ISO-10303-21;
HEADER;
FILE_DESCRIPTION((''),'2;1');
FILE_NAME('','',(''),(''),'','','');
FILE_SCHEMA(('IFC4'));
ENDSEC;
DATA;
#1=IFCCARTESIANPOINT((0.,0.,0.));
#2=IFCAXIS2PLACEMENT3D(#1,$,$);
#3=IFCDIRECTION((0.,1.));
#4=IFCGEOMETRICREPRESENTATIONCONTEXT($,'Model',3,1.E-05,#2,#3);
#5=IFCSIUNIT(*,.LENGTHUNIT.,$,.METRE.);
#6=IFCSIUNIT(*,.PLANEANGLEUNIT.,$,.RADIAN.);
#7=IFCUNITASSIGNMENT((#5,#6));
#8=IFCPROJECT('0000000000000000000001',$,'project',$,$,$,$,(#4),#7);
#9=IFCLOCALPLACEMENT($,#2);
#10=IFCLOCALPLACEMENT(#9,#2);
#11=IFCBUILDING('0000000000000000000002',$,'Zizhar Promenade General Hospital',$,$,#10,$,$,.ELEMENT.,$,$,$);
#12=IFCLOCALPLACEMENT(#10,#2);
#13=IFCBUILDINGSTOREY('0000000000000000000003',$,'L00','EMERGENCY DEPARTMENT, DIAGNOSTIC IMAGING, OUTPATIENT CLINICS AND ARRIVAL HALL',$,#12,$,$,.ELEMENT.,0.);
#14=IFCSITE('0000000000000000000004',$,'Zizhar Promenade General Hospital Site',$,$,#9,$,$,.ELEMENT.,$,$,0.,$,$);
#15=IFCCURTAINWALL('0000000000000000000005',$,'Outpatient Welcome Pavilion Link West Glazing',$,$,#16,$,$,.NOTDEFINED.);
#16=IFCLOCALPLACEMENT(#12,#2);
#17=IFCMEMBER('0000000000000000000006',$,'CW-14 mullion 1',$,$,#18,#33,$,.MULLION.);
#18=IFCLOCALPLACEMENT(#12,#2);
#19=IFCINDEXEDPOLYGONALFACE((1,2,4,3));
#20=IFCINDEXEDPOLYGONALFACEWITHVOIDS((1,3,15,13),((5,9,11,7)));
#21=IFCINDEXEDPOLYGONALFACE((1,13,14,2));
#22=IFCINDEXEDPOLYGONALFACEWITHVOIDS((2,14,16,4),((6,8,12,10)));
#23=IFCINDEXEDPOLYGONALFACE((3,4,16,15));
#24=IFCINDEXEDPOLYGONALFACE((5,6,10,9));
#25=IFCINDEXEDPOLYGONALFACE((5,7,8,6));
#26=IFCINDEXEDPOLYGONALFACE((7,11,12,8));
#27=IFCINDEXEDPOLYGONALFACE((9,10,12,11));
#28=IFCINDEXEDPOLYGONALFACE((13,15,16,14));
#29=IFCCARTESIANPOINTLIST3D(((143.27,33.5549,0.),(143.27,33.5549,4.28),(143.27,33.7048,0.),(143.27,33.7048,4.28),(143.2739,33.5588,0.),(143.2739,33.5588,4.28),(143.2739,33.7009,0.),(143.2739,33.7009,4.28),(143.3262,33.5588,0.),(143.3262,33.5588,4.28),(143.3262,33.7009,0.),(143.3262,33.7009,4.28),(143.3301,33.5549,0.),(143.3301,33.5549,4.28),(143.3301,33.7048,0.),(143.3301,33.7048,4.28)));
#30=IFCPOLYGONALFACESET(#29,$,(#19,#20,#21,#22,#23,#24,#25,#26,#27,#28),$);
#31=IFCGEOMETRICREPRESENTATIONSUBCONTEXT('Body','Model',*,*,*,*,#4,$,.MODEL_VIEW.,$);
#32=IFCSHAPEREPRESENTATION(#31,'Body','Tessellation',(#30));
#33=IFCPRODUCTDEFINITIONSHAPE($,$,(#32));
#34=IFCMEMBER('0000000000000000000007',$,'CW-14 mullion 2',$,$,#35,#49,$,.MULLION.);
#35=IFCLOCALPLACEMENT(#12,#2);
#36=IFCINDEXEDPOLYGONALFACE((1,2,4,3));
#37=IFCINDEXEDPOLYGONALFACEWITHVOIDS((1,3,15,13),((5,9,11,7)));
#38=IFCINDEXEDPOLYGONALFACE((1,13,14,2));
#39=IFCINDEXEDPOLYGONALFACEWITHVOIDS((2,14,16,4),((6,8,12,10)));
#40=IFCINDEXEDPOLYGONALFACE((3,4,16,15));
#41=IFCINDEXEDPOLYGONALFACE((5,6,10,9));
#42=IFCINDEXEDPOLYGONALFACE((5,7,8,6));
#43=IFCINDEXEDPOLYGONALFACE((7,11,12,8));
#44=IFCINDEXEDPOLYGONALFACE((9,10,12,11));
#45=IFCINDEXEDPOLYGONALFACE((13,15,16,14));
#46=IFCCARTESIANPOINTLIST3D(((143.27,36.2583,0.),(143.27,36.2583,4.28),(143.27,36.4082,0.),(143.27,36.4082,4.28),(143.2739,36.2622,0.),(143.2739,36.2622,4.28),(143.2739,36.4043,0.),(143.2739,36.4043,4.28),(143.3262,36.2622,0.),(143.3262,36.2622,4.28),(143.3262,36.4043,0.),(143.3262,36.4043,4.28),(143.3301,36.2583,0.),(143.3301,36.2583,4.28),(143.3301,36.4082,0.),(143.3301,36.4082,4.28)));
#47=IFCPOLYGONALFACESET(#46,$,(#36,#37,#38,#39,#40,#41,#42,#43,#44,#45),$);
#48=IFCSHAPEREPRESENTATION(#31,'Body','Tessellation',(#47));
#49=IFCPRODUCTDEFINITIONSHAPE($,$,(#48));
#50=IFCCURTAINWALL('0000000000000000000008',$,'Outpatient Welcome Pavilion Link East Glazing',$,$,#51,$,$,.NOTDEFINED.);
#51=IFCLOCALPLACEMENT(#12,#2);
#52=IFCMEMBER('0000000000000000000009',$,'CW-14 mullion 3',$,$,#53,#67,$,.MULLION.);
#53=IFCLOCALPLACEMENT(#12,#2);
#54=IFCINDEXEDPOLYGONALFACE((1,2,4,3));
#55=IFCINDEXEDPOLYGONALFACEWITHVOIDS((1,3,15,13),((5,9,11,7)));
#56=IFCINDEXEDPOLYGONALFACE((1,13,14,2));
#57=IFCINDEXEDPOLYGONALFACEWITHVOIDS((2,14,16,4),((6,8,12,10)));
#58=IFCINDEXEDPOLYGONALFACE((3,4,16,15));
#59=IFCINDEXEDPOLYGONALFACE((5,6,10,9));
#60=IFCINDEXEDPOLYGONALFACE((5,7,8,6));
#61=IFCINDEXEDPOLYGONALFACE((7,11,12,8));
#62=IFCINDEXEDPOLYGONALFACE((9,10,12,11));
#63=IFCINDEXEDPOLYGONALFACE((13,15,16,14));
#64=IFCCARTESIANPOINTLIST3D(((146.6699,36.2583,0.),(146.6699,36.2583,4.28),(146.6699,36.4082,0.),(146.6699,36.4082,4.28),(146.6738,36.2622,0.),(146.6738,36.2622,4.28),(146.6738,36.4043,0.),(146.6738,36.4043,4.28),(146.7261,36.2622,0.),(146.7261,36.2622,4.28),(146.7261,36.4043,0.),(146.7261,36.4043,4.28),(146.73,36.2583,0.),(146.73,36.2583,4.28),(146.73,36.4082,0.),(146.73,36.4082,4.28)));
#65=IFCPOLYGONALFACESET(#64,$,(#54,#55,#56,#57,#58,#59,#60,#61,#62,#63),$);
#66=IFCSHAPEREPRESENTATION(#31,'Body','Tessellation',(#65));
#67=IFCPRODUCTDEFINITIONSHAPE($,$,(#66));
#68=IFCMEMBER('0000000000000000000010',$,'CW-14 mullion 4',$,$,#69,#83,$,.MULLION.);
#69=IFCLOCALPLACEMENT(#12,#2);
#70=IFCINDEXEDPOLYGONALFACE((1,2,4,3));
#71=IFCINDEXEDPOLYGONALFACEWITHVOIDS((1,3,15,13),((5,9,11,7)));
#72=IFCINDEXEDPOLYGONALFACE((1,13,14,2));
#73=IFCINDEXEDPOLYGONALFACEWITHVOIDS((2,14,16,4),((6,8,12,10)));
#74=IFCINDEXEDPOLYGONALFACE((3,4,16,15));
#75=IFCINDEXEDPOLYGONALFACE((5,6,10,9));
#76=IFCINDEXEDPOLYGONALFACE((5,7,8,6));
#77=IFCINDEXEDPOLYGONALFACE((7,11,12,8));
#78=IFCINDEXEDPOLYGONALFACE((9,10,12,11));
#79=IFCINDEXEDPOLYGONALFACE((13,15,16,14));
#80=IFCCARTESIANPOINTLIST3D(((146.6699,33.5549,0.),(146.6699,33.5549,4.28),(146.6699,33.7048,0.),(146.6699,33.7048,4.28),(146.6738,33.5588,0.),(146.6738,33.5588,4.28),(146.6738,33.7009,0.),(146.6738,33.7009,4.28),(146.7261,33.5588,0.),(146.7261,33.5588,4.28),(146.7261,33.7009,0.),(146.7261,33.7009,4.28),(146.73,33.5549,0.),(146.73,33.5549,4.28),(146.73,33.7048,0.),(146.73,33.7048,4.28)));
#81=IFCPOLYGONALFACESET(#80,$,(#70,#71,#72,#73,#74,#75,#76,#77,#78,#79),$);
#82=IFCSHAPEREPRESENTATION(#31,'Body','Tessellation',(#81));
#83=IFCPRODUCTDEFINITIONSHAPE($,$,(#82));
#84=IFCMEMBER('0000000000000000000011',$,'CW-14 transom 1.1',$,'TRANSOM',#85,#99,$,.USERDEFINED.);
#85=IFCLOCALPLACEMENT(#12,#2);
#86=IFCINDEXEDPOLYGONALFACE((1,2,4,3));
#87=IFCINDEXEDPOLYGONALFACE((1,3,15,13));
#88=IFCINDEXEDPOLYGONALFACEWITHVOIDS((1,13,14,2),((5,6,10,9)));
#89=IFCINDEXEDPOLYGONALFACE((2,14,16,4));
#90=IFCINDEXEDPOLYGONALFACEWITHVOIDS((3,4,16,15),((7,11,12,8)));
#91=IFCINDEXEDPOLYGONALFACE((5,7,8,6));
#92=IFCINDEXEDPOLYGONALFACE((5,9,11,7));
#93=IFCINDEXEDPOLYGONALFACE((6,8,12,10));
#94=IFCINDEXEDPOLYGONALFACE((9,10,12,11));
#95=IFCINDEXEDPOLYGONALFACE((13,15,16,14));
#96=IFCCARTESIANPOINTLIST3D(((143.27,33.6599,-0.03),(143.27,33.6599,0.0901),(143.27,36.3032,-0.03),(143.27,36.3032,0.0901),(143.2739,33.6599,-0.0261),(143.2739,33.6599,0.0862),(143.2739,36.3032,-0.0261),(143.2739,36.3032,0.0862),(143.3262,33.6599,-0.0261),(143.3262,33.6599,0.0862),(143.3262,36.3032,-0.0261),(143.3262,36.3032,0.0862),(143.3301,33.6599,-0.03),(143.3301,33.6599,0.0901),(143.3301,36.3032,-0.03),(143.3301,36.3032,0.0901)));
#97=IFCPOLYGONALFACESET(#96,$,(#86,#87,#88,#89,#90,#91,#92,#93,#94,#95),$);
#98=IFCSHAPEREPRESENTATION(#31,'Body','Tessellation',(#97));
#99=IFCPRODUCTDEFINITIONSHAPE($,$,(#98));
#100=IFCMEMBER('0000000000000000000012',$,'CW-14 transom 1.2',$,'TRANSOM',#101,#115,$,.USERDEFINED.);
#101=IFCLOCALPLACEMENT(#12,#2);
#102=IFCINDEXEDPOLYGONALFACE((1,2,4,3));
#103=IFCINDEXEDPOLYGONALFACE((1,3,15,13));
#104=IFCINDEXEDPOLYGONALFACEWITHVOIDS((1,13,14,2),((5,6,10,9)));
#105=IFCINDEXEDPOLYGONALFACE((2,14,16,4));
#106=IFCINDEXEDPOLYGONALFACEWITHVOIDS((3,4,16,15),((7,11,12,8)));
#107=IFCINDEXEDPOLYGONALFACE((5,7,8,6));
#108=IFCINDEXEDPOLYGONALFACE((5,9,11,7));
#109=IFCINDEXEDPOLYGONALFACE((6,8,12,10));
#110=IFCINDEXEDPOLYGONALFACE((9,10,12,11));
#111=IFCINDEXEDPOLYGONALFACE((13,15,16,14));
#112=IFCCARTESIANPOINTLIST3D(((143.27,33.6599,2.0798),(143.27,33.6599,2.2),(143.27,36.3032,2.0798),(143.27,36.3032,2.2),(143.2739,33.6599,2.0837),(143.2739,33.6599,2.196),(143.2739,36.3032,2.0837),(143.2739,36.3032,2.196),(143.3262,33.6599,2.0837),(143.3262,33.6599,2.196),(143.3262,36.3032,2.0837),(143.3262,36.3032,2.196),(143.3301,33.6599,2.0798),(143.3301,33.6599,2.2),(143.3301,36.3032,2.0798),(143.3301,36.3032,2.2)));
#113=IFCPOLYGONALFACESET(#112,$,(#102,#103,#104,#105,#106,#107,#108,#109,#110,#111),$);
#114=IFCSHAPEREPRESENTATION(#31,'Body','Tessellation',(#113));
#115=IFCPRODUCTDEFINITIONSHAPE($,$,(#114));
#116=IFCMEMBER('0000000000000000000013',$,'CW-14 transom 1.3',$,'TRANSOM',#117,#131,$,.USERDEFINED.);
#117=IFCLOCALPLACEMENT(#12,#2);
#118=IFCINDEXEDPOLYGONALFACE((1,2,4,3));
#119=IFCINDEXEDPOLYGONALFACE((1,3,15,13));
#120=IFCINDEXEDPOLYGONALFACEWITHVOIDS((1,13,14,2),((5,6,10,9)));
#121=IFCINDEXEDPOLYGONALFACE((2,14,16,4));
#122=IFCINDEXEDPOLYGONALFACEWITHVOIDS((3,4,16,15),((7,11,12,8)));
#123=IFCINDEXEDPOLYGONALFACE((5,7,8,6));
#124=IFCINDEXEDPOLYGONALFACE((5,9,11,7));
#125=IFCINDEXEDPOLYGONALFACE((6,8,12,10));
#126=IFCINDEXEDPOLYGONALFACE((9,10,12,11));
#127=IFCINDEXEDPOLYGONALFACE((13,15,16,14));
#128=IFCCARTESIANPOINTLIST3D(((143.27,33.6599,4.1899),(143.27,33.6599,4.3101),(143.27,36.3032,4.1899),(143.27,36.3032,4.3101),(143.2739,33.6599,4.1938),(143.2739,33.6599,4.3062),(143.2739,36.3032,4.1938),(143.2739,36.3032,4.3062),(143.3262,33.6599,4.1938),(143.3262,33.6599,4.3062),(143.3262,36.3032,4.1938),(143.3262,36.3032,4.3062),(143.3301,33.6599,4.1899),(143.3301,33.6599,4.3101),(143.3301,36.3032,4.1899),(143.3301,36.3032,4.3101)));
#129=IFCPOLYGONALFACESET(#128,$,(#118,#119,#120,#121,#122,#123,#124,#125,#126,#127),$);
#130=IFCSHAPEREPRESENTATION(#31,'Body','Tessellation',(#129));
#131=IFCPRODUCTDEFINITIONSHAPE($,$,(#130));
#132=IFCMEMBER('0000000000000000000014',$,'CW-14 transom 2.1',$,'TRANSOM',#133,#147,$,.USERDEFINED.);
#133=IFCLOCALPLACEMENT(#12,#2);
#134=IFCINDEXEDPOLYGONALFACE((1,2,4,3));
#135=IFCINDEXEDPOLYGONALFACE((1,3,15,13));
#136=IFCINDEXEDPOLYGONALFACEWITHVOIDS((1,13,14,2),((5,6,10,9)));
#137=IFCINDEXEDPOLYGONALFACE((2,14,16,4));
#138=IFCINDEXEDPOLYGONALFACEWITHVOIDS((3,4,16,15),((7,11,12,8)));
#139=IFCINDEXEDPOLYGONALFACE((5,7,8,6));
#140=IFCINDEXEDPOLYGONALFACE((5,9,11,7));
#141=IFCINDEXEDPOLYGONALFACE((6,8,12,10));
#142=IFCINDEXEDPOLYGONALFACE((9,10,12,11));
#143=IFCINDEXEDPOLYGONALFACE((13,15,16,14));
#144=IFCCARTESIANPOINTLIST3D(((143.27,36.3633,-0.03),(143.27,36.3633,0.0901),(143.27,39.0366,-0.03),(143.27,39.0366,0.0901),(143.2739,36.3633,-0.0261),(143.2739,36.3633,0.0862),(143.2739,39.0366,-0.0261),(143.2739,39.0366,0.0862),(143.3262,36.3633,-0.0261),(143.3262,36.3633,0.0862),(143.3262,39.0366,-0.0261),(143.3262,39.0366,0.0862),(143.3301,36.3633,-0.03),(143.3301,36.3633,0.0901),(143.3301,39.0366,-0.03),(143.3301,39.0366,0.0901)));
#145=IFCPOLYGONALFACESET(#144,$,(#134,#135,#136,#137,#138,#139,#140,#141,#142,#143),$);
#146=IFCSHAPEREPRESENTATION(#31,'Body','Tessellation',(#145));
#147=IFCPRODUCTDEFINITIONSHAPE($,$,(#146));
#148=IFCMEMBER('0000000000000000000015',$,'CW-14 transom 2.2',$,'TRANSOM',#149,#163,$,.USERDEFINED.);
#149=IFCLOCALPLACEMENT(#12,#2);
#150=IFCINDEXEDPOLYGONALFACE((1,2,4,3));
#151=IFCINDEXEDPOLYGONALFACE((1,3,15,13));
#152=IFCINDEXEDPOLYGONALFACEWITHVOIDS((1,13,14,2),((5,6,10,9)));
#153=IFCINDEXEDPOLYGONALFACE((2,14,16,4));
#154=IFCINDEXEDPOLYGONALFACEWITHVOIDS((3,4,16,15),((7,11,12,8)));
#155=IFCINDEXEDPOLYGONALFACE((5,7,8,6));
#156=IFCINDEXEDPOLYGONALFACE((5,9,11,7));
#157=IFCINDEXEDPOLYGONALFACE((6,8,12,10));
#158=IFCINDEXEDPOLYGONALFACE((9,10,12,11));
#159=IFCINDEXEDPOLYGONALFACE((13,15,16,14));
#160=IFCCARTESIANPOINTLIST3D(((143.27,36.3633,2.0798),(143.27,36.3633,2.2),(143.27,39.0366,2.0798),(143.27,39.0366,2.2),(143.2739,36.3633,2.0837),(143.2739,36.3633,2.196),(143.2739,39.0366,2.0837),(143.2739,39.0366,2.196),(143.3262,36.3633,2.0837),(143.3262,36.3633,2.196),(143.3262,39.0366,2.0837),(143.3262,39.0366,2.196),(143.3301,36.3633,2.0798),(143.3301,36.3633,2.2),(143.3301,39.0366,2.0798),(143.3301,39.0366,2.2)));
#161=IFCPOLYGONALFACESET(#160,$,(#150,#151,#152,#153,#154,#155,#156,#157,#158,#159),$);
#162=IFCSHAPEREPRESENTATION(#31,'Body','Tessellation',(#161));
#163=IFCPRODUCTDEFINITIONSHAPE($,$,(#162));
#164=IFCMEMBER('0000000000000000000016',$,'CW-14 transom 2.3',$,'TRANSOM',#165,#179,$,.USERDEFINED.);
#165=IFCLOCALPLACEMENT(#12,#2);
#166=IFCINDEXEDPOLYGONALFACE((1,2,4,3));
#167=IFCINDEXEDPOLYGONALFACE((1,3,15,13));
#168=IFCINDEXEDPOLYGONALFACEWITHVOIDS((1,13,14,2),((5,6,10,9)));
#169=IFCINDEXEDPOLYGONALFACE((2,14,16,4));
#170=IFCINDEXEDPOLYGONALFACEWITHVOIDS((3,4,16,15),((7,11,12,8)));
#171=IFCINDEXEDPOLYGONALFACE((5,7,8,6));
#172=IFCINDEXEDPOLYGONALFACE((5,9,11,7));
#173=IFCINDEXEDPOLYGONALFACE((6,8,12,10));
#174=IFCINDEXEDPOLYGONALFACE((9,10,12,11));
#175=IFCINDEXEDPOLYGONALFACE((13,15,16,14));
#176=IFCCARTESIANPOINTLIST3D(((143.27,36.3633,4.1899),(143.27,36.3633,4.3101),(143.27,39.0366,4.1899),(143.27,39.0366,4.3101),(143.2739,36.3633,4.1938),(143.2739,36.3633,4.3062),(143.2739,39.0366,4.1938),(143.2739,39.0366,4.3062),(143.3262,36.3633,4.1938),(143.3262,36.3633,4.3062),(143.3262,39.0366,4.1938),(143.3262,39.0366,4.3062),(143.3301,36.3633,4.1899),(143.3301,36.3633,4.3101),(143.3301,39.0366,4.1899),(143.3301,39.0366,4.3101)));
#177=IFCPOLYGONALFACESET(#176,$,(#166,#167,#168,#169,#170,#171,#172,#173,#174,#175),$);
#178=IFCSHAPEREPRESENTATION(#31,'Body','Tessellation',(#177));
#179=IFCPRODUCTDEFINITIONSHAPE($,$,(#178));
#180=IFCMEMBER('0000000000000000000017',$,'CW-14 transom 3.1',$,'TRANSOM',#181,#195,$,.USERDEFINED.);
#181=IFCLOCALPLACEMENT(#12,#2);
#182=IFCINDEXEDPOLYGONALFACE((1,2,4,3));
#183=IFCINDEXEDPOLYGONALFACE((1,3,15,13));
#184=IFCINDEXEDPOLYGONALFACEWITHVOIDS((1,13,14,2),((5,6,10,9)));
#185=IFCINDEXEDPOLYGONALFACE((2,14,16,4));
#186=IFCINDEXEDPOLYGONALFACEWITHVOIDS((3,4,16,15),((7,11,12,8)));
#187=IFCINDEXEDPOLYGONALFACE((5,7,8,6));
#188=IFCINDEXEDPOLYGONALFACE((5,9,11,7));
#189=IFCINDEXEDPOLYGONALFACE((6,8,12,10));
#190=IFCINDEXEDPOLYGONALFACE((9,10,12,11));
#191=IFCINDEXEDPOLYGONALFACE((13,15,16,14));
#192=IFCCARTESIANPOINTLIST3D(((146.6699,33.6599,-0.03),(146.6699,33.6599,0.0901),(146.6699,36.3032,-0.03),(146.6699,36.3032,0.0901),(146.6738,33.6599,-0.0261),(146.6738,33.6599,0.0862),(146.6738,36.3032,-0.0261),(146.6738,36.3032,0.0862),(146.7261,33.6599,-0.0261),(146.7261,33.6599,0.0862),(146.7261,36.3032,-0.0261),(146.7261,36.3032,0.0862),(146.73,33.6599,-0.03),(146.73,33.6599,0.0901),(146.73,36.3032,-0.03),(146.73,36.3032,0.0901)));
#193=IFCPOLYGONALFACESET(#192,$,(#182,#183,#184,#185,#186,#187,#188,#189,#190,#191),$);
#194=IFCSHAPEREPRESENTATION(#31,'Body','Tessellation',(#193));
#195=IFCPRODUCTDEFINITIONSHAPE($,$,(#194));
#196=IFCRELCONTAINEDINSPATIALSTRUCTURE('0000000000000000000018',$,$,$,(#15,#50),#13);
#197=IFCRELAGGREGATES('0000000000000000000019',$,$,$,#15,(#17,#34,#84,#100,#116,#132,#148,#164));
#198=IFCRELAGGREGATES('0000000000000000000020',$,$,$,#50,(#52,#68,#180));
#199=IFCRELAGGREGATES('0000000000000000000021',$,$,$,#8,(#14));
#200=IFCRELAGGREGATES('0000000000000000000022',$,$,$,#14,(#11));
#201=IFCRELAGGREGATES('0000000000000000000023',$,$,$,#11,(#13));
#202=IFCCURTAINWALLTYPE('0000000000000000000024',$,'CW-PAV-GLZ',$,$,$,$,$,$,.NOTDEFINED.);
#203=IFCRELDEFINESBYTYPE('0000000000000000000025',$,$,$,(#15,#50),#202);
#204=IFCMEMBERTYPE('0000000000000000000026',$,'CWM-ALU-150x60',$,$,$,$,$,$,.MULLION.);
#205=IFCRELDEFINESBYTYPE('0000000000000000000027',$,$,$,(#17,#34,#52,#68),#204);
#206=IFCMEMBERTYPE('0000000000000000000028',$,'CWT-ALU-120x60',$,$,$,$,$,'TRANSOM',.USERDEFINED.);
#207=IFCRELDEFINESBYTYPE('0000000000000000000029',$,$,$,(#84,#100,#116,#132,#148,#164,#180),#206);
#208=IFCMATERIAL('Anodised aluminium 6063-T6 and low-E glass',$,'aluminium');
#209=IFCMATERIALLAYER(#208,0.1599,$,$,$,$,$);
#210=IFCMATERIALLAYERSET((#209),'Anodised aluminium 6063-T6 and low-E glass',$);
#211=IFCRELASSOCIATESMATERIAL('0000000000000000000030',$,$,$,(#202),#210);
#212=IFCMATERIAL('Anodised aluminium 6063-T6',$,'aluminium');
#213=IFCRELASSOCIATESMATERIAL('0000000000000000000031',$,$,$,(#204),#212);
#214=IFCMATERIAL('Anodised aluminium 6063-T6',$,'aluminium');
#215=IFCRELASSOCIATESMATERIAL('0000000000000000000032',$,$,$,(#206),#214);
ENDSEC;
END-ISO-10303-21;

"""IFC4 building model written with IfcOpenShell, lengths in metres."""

from ifc_helpers import new_model, si_unit, direction, frame, origin, origin_2d, place, context, subcontext, project, spatial, hollow_rectangle, extrude, material, layer, layer_set, material_profile, profile_set, type_object, element, aggregate, save


model = new_model("IFC4")

# Units and contexts
model_context = context("Model", 3, precision=1e-05, world=origin(), true_north=direction((0.0, 1.0)))
body_context = subcontext(model_context, "Body", "Model", "MODEL_VIEW")
ifc_project = project(units=[si_unit("LENGTHUNIT", "METRE"), si_unit("PLANEANGLEUNIT", "RADIAN")], contexts=[model_context])

# Site, building, storey
site_placement = place(None, origin())
site = spatial("IfcSite", under=ifc_project, at=site_placement, Name="Zizhar Promenade General Hospital Site", CompositionType="ELEMENT", RefElevation=0.0)
building_placement = place(site_placement, origin())
building = spatial("IfcBuilding", under=site, at=building_placement, Name="Zizhar Promenade General Hospital", CompositionType="ELEMENT")
storey_placement = place(building_placement, origin())
storey = spatial("IfcBuildingStorey", under=building, at=storey_placement, Name="L00", Description="EMERGENCY DEPARTMENT, DIAGNOSTIC IMAGING, OUTPATIENT CLINICS AND ARRIVAL HALL", CompositionType="ELEMENT", Elevation=0.0)

# Curtain walls, members
ifc_material_1 = material(Name="Anodised aluminium 6063-T6 and low-E glass", Category="aluminium")
ifc_layer_1 = layer(ifc_material_1, 0.1599)
ifc_layer_set_1 = layer_set([ifc_layer_1], Name="Anodised aluminium 6063-T6 and low-E glass")
curtain_wall_type = type_object("IfcCurtainWallType", Name="CW-PAV-GLZ", PredefinedType="NOTDEFINED", material=ifc_layer_set_1)
curtain_wall_1_placement = place(storey_placement, origin())
curtain_wall_1 = element("IfcCurtainWall", 1, at=curtain_wall_1_placement, inside=storey, type_object=curtain_wall_type, Name="Outpatient Welcome Pavilion Link West Glazing", PredefinedType="NOTDEFINED")
ifc_material_2 = material(Name="Anodised aluminium 6063-T6", Category="aluminium")
ifc_material_profile_1 = material_profile(ifc_material_2, hollow_rectangle(XDim=0.0601, YDim=0.1499, WallThickness=0.0039, at=origin_2d()))
ifc_profile_set_1 = profile_set([ifc_material_profile_1], Name="Anodised aluminium 6063-T6")
member_type_1 = type_object("IfcMemberType", Name="CWM-ALU-150x60", PredefinedType="MULLION", material=ifc_profile_set_1)
member_1_placement = place(storey_placement, frame((143.3, 33.6299, 0.0), z_axis=(0.0, 0.0, 1.0), x_axis=(-1.0, 0.0, 0.0)))
member_1 = element("IfcMember", 2, at=member_1_placement, type_object=member_type_1, Name="CW-14 mullion 1", PredefinedType="MULLION", context=body_context, shape_type="SweptSolid", body=[
    extrude(hollow_rectangle(XDim=0.0601, YDim=0.1499, WallThickness=0.0039, at=origin_2d()), origin(), (0.0, 0.0, 1.0), 4.28),
])
member_2_placement = place(storey_placement, frame((143.3, 36.3333, 0.0), z_axis=(0.0, 0.0, 1.0), x_axis=(-1.0, 0.0, 0.0)))
member_2 = element("IfcMember", 3, at=member_2_placement, type_object=member_type_1, Name="CW-14 mullion 2", PredefinedType="MULLION", context=body_context, shape_type="SweptSolid", body=[
    extrude(hollow_rectangle(XDim=0.0601, YDim=0.1499, WallThickness=0.0039, at=origin_2d()), origin(), (0.0, 0.0, 1.0), 4.28),
])
curtain_wall_2_placement = place(storey_placement, origin())
curtain_wall_2 = element("IfcCurtainWall", 4, at=curtain_wall_2_placement, inside=storey, type_object=curtain_wall_type, Name="Outpatient Welcome Pavilion Link East Glazing", PredefinedType="NOTDEFINED")
member_3_placement = place(storey_placement, frame((146.7, 36.3333, 0.0), z_axis=(0.0, 0.0, 1.0), x_axis=(1.0, 0.0, 0.0)))
member_3 = element("IfcMember", 5, at=member_3_placement, type_object=member_type_1, Name="CW-14 mullion 3", PredefinedType="MULLION", context=body_context, shape_type="SweptSolid", body=[
    extrude(hollow_rectangle(XDim=0.0601, YDim=0.1499, WallThickness=0.0039, at=origin_2d()), origin(), (0.0, 0.0, 1.0), 4.28),
])
member_4_placement = place(storey_placement, frame((146.7, 33.6299, 0.0), z_axis=(0.0, 0.0, 1.0), x_axis=(1.0, 0.0, 0.0)))
member_4 = element("IfcMember", 6, at=member_4_placement, type_object=member_type_1, Name="CW-14 mullion 4", PredefinedType="MULLION", context=body_context, shape_type="SweptSolid", body=[
    extrude(hollow_rectangle(XDim=0.0601, YDim=0.1499, WallThickness=0.0039, at=origin_2d()), origin(), (0.0, 0.0, 1.0), 4.28),
])

# Members
ifc_material_3 = material(Name="Anodised aluminium 6063-T6", Category="aluminium")
ifc_material_profile_2 = material_profile(ifc_material_3, hollow_rectangle(XDim=0.0601, YDim=0.1201, WallThickness=0.0039, at=origin_2d()))
ifc_profile_set_2 = profile_set([ifc_material_profile_2], Name="Anodised aluminium 6063-T6")
member_type_2 = type_object("IfcMemberType", Name="CWT-ALU-120x60", ElementType="TRANSOM", PredefinedType="USERDEFINED", material=ifc_profile_set_2)
member_5_placement = place(storey_placement, frame((143.3, 33.6599, 0.03), z_axis=(0.0, 1.0, 0.0), x_axis=(-1.0, 0.0, 0.0)))
member_5 = element("IfcMember", 7, at=member_5_placement, type_object=member_type_2, Name="CW-14 transom 1.1", ObjectType="TRANSOM", PredefinedType="USERDEFINED", context=body_context, shape_type="SweptSolid", body=[
    extrude(hollow_rectangle(XDim=0.0601, YDim=0.1201, WallThickness=0.0039, at=origin_2d()), origin(), (0.0, 0.0, 1.0), 2.6433),
])
member_6_placement = place(storey_placement, frame((143.3, 33.6599, 2.1399), z_axis=(0.0, 1.0, 0.0), x_axis=(-1.0, 0.0, 0.0)))
member_6 = element("IfcMember", 8, at=member_6_placement, type_object=member_type_2, Name="CW-14 transom 1.2", ObjectType="TRANSOM", PredefinedType="USERDEFINED", context=body_context, shape_type="SweptSolid", body=[
    extrude(hollow_rectangle(XDim=0.0601, YDim=0.1201, WallThickness=0.0039, at=origin_2d()), origin(), (0.0, 0.0, 1.0), 2.6433),
])
member_7_placement = place(storey_placement, frame((143.3, 33.6599, 4.25), z_axis=(0.0, 1.0, 0.0), x_axis=(-1.0, 0.0, 0.0)))
member_7 = element("IfcMember", 9, at=member_7_placement, type_object=member_type_2, Name="CW-14 transom 1.3", ObjectType="TRANSOM", PredefinedType="USERDEFINED", context=body_context, shape_type="SweptSolid", body=[
    extrude(hollow_rectangle(XDim=0.0601, YDim=0.1201, WallThickness=0.0039, at=origin_2d()), origin(), (0.0, 0.0, 1.0), 2.6433),
])
member_8_placement = place(storey_placement, frame((143.3, 36.3633, 0.03), z_axis=(0.0, 1.0, 0.0), x_axis=(-1.0, 0.0, 0.0)))
member_8 = element("IfcMember", 10, at=member_8_placement, type_object=member_type_2, Name="CW-14 transom 2.1", ObjectType="TRANSOM", PredefinedType="USERDEFINED", context=body_context, shape_type="SweptSolid", body=[
    extrude(hollow_rectangle(XDim=0.0601, YDim=0.1201, WallThickness=0.0039, at=origin_2d()), origin(), (0.0, 0.0, 1.0), 2.6733),
])
member_9_placement = place(storey_placement, frame((143.3, 36.3633, 2.1399), z_axis=(0.0, 1.0, 0.0), x_axis=(-1.0, 0.0, 0.0)))
member_9 = element("IfcMember", 11, at=member_9_placement, type_object=member_type_2, Name="CW-14 transom 2.2", ObjectType="TRANSOM", PredefinedType="USERDEFINED", context=body_context, shape_type="SweptSolid", body=[
    extrude(hollow_rectangle(XDim=0.0601, YDim=0.1201, WallThickness=0.0039, at=origin_2d()), origin(), (0.0, 0.0, 1.0), 2.6733),
])
member_10_placement = place(storey_placement, frame((143.3, 36.3633, 4.25), z_axis=(0.0, 1.0, 0.0), x_axis=(-1.0, 0.0, 0.0)))
member_10 = element("IfcMember", 12, at=member_10_placement, type_object=member_type_2, Name="CW-14 transom 2.3", ObjectType="TRANSOM", PredefinedType="USERDEFINED", context=body_context, shape_type="SweptSolid", body=[
    extrude(hollow_rectangle(XDim=0.0601, YDim=0.1201, WallThickness=0.0039, at=origin_2d()), origin(), (0.0, 0.0, 1.0), 2.6733),
])
member_11_placement = place(storey_placement, frame((146.7, 36.3032, 0.03), z_axis=(0.0, -1.0, 0.0), x_axis=(1.0, 0.0, 0.0)))
member_11 = element("IfcMember", 13, at=member_11_placement, type_object=member_type_2, Name="CW-14 transom 3.1", ObjectType="TRANSOM", PredefinedType="USERDEFINED", context=body_context, shape_type="SweptSolid", body=[
    extrude(hollow_rectangle(XDim=0.0601, YDim=0.1201, WallThickness=0.0039, at=origin_2d()), origin(), (0.0, 0.0, 1.0), 2.6433),
])

aggregate(curtain_wall_1, [member_1, member_2, member_5, member_6, member_7, member_8, member_9, member_10])
aggregate(curtain_wall_2, [member_3, member_4, member_11])

save(model, "model.ifc")
